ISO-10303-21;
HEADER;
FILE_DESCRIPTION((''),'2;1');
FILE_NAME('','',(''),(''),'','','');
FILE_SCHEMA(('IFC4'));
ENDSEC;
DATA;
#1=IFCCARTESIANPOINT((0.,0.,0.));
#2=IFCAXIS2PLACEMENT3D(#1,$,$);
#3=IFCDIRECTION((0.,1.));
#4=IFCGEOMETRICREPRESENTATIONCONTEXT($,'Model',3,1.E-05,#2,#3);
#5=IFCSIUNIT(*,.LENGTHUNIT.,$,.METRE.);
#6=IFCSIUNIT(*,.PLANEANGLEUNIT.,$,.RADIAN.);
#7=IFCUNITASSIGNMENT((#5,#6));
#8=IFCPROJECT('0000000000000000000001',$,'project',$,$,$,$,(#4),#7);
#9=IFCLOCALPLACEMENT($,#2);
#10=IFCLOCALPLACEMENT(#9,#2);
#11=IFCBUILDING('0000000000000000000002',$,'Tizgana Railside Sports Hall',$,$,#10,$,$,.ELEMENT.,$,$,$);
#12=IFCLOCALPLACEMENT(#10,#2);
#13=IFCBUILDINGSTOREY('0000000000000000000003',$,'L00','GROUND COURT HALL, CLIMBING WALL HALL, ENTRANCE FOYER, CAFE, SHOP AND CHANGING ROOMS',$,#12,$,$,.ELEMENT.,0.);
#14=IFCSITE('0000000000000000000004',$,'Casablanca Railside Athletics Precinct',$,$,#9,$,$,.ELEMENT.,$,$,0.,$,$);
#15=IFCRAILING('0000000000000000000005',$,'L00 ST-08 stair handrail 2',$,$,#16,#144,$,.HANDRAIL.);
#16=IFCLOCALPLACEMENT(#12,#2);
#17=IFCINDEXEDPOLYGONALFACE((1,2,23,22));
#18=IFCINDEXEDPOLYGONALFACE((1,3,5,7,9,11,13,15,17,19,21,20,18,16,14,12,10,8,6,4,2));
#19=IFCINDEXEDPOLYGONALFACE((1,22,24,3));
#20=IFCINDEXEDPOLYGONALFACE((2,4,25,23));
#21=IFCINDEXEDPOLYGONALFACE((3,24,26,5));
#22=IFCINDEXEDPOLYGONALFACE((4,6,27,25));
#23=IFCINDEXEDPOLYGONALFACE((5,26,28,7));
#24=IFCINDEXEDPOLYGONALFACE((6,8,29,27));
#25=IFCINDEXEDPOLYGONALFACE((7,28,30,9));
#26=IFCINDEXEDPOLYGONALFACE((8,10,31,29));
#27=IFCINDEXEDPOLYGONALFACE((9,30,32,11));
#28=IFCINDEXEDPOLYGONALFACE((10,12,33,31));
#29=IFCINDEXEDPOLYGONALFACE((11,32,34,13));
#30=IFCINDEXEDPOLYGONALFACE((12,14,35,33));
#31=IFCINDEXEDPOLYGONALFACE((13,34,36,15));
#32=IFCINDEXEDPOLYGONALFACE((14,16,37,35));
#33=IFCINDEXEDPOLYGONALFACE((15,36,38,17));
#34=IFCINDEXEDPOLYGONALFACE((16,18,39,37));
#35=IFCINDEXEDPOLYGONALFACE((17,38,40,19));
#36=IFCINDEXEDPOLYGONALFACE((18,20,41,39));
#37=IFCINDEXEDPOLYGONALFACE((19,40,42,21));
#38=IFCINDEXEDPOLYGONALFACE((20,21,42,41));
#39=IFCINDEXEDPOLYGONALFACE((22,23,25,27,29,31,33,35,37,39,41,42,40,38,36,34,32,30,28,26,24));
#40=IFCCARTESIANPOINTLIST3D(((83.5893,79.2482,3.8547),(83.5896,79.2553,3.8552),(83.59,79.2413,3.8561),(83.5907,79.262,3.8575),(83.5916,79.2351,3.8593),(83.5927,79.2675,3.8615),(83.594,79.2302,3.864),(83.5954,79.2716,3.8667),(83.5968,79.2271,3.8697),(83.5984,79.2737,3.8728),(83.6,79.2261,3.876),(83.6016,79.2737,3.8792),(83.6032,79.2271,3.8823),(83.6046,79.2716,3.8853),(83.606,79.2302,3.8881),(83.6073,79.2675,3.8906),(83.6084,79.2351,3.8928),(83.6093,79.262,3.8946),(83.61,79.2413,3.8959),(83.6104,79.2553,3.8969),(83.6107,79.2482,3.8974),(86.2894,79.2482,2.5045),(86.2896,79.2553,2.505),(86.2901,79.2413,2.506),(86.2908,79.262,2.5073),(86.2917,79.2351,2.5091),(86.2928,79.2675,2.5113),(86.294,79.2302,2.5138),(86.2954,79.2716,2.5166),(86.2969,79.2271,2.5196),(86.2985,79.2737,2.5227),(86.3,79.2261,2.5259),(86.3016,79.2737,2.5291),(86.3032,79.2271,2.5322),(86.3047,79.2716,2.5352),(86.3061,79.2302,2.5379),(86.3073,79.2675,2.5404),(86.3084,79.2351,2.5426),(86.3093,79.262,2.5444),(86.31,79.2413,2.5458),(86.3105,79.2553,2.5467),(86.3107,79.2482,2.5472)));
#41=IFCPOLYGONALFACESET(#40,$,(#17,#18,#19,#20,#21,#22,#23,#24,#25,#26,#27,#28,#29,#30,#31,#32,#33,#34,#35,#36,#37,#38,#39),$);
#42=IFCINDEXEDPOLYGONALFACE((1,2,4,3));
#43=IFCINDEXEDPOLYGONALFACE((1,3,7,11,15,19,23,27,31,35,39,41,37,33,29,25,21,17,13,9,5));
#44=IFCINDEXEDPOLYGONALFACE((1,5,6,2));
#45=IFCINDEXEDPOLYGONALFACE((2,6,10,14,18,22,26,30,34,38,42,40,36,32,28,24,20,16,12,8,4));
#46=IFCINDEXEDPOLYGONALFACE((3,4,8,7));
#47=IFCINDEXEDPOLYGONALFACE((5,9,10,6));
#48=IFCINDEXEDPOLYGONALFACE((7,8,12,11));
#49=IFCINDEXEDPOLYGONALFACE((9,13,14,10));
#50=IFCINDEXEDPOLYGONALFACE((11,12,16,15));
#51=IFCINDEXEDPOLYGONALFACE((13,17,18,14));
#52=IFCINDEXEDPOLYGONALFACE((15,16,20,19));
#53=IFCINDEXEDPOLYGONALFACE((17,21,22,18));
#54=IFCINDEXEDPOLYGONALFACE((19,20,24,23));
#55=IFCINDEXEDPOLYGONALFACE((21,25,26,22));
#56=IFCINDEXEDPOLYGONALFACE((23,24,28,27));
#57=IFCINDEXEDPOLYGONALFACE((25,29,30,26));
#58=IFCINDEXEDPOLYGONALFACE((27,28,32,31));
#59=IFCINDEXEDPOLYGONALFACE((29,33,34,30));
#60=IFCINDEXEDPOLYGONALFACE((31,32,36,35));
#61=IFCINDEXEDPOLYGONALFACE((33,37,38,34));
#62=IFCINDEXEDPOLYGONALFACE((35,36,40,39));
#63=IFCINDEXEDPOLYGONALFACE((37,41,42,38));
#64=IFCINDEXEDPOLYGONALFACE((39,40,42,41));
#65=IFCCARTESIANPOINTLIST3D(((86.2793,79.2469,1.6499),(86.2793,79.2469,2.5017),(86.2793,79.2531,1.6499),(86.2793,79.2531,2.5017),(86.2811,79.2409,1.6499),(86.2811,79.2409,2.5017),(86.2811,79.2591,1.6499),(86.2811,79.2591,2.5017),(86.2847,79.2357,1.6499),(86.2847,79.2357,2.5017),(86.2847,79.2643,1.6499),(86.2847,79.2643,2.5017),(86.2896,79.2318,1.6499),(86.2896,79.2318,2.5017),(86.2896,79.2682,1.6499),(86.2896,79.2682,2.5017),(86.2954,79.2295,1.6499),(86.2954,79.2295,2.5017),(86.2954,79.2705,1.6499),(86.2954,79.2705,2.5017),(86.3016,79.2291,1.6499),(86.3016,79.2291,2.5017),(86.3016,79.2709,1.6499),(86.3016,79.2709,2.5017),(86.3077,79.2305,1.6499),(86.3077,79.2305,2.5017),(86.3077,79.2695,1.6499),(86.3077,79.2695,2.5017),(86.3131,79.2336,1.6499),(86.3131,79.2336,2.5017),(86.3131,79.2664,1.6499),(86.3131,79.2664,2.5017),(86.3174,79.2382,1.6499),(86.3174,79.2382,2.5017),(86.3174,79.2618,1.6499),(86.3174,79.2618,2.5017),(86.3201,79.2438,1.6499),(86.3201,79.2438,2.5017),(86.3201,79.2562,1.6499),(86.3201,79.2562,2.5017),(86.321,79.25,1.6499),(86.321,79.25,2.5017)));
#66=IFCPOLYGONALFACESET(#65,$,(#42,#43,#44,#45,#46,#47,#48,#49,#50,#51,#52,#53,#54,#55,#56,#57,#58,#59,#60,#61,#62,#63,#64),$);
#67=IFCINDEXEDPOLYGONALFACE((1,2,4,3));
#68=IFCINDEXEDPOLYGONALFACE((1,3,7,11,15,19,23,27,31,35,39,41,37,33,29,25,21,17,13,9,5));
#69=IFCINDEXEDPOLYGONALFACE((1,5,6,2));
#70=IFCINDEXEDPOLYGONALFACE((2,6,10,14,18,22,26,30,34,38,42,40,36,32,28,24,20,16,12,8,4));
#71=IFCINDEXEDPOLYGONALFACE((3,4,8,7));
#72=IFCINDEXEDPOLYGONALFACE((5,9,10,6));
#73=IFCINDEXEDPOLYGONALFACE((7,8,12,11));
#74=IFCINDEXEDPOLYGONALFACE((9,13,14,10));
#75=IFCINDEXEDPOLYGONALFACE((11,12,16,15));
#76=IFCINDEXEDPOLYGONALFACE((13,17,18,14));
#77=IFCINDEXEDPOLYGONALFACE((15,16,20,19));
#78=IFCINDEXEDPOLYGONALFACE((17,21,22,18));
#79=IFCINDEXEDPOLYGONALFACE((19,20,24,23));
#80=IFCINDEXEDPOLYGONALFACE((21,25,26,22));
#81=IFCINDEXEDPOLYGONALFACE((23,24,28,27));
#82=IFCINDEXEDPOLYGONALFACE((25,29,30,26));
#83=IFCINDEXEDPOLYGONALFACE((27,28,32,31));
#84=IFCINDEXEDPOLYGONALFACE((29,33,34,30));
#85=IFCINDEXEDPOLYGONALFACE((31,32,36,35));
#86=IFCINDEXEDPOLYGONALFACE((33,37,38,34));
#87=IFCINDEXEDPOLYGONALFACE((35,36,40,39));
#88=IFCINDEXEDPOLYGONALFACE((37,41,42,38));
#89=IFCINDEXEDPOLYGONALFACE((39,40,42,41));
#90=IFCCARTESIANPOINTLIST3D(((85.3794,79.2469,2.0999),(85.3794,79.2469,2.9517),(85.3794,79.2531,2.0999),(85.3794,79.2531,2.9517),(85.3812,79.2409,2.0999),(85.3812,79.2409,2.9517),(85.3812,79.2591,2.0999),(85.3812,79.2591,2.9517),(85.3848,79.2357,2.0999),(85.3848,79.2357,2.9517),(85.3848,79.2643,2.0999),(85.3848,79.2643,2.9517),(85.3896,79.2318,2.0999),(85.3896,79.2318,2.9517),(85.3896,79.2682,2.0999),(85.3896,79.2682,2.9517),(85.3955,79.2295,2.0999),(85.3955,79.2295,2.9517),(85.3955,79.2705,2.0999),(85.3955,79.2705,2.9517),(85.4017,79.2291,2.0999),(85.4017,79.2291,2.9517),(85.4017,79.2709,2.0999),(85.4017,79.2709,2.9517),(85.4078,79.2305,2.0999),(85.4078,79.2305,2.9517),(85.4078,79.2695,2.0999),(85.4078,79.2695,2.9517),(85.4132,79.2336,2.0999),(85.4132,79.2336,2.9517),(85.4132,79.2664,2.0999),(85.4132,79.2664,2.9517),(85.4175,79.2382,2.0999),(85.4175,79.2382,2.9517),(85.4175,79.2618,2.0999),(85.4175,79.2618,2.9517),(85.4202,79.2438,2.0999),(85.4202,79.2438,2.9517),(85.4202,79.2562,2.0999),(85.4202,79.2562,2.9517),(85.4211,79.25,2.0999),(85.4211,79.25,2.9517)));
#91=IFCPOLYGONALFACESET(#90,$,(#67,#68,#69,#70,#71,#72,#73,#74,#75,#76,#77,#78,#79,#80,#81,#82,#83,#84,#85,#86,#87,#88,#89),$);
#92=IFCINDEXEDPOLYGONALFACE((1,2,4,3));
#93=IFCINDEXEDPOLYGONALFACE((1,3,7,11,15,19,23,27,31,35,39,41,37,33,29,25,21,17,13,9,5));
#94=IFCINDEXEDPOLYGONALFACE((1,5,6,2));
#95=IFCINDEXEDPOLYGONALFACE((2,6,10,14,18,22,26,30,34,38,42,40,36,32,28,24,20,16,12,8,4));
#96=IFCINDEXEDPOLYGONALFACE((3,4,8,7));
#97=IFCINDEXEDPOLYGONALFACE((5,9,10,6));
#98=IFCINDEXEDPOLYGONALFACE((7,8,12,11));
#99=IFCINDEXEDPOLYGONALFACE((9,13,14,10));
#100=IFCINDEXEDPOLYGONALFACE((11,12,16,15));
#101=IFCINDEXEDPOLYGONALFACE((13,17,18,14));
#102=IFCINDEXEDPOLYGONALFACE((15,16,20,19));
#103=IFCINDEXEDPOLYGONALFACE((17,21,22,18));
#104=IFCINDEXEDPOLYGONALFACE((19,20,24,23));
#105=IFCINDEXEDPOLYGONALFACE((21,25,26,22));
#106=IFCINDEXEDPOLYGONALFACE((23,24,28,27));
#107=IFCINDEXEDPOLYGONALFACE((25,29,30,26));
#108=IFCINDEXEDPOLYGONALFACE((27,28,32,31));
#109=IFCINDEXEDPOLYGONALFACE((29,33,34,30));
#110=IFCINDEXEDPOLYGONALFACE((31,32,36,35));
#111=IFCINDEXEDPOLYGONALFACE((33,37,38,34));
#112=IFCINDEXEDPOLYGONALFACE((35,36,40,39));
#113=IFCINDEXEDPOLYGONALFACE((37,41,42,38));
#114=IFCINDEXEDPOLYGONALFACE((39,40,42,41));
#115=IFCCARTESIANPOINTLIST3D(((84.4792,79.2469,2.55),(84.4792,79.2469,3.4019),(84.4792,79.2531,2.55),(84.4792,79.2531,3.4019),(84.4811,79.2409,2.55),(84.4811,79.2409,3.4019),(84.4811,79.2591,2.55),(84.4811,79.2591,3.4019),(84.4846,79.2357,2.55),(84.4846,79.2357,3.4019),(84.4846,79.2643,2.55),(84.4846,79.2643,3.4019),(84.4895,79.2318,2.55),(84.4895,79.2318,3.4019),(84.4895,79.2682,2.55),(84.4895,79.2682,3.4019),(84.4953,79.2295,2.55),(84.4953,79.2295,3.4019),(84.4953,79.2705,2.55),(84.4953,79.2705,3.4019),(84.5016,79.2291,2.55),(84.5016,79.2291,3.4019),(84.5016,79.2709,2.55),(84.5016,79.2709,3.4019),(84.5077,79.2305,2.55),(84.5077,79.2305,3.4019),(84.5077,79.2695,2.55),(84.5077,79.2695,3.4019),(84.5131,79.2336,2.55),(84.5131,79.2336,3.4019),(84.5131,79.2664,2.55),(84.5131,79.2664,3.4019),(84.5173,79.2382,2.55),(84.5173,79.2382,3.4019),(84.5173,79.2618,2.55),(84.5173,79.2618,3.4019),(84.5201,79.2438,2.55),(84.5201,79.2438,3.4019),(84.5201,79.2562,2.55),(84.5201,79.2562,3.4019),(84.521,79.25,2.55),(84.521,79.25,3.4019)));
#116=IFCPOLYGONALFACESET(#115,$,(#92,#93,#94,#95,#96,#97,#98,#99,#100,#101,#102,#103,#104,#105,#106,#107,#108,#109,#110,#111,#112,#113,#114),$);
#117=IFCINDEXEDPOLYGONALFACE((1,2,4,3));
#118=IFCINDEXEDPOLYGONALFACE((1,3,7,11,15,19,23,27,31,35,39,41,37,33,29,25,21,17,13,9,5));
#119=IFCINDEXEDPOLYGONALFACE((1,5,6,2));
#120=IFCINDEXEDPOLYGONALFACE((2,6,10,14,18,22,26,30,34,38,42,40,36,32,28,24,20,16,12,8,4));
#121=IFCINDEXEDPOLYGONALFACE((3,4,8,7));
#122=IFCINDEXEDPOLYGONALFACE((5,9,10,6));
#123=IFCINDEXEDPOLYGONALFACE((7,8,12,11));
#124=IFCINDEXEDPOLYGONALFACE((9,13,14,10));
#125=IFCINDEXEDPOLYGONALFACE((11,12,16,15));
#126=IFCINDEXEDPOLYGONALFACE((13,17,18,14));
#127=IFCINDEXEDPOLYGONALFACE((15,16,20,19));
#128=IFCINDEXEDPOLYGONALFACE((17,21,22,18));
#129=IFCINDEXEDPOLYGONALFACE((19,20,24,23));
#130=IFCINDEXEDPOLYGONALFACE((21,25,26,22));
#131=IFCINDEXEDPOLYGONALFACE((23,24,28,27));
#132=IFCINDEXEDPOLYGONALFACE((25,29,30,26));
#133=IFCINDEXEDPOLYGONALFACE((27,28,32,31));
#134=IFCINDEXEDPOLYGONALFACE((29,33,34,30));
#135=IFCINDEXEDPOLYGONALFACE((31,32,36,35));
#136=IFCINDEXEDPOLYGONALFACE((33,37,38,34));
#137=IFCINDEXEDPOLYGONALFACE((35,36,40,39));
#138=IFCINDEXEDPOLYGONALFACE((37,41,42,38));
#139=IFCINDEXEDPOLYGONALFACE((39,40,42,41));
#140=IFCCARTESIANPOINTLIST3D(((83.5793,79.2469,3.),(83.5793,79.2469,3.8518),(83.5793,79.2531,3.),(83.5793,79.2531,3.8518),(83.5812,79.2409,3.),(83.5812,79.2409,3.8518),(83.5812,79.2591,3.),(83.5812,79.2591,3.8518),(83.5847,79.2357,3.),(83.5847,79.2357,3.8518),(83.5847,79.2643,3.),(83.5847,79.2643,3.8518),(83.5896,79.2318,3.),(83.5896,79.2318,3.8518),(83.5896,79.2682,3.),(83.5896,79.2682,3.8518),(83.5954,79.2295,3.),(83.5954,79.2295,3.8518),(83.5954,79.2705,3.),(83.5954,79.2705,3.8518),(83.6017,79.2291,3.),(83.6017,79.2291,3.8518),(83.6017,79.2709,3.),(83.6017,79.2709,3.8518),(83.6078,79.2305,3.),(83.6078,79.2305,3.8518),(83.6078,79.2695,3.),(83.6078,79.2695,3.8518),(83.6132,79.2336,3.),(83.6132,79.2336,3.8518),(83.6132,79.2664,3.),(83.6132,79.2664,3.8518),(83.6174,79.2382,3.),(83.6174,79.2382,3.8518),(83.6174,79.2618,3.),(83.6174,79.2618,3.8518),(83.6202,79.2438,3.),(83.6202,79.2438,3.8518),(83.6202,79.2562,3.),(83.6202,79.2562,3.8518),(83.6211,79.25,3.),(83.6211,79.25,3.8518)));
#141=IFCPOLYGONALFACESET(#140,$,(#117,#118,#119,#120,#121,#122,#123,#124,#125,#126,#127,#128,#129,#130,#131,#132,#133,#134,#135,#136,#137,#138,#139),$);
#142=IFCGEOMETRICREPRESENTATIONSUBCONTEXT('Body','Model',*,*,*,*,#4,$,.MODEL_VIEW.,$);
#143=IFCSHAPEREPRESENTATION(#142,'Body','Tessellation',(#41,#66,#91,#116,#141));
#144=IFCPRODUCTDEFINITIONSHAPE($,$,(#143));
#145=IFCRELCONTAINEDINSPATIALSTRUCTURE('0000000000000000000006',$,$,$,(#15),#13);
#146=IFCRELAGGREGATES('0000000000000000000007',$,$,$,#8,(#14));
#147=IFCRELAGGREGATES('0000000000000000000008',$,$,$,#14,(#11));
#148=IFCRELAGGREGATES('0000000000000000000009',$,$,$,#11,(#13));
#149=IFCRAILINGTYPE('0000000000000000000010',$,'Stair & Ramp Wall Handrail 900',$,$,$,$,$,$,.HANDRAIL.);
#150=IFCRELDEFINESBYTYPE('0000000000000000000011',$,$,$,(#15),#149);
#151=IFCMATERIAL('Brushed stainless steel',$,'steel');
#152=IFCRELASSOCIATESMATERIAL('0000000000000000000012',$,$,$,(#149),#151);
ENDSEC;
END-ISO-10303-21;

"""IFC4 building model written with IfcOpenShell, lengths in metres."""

from ifc_helpers import new_model, si_unit, direction, frame, origin, origin_2d, place, context, subcontext, project, spatial, circle, extrude, material, type_object, element, save


model = new_model("IFC4")

# Units and contexts
model_context = context("Model", 3, precision=1e-05, world=origin(), true_north=direction((0.0, 1.0)))
body_context = subcontext(model_context, "Body", "Model", "MODEL_VIEW")
ifc_project = project(units=[si_unit("LENGTHUNIT", "METRE"), si_unit("PLANEANGLEUNIT", "RADIAN")], contexts=[model_context])

# Site, building, storey
site_placement = place(None, origin())
site = spatial("IfcSite", under=ifc_project, at=site_placement, Name="Casablanca Railside Athletics Precinct", CompositionType="ELEMENT", RefElevation=0.0)
building_placement = place(site_placement, origin())
building = spatial("IfcBuilding", under=site, at=building_placement, Name="Tizgana Railside Sports Hall", CompositionType="ELEMENT")
storey_placement = place(building_placement, origin())
storey = spatial("IfcBuildingStorey", under=building, at=storey_placement, Name="L00", Description="GROUND COURT HALL, CLIMBING WALL HALL, ENTRANCE FOYER, CAFE, SHOP AND CHANGING ROOMS", CompositionType="ELEMENT", Elevation=0.0)

# Railing
ifc_material_1 = material(Name="Brushed stainless steel", Category="steel")
railing_type_1 = type_object("IfcRailingType", Name="Stair & Ramp Wall Handrail 900", PredefinedType="HANDRAIL", material=ifc_material_1)
railing_1_placement = place(storey_placement, frame((86.3, 79.25, 1.6499)))
element("IfcRailing", 1, at=railing_1_placement, inside=storey, type_object=railing_type_1, Name="L00 ST-08 stair handrail 2", PredefinedType="HANDRAIL", context=body_context, shape_type="SweptSolid", body=[
    extrude(circle(Radius=0.0239, at=origin_2d()), frame((0.0, 0.0, 0.876), z_axis=(-0.894411, 0.0, 0.447246), x_axis=(0.0, -1.0, 0.0)), (0.0, 0.0, 1.0), 3.0188),
    extrude(circle(Radius=0.021, at=origin_2d()), origin(), (0.0, 0.0, 1.0), 0.8518),
    extrude(circle(Radius=0.021, at=origin_2d()), frame((-0.8999, 0.0, 0.45)), (0.0, 0.0, 1.0), 0.8518),
    extrude(circle(Radius=0.021, at=origin_2d()), frame((-1.8, 0.0, 0.9001)), (0.0, 0.0, 1.0), 0.8518),
    extrude(circle(Radius=0.021, at=origin_2d()), frame((-2.7, 0.0, 1.3501)), (0.0, 0.0, 1.0), 0.8518),
])

save(model, "model.ifc")
